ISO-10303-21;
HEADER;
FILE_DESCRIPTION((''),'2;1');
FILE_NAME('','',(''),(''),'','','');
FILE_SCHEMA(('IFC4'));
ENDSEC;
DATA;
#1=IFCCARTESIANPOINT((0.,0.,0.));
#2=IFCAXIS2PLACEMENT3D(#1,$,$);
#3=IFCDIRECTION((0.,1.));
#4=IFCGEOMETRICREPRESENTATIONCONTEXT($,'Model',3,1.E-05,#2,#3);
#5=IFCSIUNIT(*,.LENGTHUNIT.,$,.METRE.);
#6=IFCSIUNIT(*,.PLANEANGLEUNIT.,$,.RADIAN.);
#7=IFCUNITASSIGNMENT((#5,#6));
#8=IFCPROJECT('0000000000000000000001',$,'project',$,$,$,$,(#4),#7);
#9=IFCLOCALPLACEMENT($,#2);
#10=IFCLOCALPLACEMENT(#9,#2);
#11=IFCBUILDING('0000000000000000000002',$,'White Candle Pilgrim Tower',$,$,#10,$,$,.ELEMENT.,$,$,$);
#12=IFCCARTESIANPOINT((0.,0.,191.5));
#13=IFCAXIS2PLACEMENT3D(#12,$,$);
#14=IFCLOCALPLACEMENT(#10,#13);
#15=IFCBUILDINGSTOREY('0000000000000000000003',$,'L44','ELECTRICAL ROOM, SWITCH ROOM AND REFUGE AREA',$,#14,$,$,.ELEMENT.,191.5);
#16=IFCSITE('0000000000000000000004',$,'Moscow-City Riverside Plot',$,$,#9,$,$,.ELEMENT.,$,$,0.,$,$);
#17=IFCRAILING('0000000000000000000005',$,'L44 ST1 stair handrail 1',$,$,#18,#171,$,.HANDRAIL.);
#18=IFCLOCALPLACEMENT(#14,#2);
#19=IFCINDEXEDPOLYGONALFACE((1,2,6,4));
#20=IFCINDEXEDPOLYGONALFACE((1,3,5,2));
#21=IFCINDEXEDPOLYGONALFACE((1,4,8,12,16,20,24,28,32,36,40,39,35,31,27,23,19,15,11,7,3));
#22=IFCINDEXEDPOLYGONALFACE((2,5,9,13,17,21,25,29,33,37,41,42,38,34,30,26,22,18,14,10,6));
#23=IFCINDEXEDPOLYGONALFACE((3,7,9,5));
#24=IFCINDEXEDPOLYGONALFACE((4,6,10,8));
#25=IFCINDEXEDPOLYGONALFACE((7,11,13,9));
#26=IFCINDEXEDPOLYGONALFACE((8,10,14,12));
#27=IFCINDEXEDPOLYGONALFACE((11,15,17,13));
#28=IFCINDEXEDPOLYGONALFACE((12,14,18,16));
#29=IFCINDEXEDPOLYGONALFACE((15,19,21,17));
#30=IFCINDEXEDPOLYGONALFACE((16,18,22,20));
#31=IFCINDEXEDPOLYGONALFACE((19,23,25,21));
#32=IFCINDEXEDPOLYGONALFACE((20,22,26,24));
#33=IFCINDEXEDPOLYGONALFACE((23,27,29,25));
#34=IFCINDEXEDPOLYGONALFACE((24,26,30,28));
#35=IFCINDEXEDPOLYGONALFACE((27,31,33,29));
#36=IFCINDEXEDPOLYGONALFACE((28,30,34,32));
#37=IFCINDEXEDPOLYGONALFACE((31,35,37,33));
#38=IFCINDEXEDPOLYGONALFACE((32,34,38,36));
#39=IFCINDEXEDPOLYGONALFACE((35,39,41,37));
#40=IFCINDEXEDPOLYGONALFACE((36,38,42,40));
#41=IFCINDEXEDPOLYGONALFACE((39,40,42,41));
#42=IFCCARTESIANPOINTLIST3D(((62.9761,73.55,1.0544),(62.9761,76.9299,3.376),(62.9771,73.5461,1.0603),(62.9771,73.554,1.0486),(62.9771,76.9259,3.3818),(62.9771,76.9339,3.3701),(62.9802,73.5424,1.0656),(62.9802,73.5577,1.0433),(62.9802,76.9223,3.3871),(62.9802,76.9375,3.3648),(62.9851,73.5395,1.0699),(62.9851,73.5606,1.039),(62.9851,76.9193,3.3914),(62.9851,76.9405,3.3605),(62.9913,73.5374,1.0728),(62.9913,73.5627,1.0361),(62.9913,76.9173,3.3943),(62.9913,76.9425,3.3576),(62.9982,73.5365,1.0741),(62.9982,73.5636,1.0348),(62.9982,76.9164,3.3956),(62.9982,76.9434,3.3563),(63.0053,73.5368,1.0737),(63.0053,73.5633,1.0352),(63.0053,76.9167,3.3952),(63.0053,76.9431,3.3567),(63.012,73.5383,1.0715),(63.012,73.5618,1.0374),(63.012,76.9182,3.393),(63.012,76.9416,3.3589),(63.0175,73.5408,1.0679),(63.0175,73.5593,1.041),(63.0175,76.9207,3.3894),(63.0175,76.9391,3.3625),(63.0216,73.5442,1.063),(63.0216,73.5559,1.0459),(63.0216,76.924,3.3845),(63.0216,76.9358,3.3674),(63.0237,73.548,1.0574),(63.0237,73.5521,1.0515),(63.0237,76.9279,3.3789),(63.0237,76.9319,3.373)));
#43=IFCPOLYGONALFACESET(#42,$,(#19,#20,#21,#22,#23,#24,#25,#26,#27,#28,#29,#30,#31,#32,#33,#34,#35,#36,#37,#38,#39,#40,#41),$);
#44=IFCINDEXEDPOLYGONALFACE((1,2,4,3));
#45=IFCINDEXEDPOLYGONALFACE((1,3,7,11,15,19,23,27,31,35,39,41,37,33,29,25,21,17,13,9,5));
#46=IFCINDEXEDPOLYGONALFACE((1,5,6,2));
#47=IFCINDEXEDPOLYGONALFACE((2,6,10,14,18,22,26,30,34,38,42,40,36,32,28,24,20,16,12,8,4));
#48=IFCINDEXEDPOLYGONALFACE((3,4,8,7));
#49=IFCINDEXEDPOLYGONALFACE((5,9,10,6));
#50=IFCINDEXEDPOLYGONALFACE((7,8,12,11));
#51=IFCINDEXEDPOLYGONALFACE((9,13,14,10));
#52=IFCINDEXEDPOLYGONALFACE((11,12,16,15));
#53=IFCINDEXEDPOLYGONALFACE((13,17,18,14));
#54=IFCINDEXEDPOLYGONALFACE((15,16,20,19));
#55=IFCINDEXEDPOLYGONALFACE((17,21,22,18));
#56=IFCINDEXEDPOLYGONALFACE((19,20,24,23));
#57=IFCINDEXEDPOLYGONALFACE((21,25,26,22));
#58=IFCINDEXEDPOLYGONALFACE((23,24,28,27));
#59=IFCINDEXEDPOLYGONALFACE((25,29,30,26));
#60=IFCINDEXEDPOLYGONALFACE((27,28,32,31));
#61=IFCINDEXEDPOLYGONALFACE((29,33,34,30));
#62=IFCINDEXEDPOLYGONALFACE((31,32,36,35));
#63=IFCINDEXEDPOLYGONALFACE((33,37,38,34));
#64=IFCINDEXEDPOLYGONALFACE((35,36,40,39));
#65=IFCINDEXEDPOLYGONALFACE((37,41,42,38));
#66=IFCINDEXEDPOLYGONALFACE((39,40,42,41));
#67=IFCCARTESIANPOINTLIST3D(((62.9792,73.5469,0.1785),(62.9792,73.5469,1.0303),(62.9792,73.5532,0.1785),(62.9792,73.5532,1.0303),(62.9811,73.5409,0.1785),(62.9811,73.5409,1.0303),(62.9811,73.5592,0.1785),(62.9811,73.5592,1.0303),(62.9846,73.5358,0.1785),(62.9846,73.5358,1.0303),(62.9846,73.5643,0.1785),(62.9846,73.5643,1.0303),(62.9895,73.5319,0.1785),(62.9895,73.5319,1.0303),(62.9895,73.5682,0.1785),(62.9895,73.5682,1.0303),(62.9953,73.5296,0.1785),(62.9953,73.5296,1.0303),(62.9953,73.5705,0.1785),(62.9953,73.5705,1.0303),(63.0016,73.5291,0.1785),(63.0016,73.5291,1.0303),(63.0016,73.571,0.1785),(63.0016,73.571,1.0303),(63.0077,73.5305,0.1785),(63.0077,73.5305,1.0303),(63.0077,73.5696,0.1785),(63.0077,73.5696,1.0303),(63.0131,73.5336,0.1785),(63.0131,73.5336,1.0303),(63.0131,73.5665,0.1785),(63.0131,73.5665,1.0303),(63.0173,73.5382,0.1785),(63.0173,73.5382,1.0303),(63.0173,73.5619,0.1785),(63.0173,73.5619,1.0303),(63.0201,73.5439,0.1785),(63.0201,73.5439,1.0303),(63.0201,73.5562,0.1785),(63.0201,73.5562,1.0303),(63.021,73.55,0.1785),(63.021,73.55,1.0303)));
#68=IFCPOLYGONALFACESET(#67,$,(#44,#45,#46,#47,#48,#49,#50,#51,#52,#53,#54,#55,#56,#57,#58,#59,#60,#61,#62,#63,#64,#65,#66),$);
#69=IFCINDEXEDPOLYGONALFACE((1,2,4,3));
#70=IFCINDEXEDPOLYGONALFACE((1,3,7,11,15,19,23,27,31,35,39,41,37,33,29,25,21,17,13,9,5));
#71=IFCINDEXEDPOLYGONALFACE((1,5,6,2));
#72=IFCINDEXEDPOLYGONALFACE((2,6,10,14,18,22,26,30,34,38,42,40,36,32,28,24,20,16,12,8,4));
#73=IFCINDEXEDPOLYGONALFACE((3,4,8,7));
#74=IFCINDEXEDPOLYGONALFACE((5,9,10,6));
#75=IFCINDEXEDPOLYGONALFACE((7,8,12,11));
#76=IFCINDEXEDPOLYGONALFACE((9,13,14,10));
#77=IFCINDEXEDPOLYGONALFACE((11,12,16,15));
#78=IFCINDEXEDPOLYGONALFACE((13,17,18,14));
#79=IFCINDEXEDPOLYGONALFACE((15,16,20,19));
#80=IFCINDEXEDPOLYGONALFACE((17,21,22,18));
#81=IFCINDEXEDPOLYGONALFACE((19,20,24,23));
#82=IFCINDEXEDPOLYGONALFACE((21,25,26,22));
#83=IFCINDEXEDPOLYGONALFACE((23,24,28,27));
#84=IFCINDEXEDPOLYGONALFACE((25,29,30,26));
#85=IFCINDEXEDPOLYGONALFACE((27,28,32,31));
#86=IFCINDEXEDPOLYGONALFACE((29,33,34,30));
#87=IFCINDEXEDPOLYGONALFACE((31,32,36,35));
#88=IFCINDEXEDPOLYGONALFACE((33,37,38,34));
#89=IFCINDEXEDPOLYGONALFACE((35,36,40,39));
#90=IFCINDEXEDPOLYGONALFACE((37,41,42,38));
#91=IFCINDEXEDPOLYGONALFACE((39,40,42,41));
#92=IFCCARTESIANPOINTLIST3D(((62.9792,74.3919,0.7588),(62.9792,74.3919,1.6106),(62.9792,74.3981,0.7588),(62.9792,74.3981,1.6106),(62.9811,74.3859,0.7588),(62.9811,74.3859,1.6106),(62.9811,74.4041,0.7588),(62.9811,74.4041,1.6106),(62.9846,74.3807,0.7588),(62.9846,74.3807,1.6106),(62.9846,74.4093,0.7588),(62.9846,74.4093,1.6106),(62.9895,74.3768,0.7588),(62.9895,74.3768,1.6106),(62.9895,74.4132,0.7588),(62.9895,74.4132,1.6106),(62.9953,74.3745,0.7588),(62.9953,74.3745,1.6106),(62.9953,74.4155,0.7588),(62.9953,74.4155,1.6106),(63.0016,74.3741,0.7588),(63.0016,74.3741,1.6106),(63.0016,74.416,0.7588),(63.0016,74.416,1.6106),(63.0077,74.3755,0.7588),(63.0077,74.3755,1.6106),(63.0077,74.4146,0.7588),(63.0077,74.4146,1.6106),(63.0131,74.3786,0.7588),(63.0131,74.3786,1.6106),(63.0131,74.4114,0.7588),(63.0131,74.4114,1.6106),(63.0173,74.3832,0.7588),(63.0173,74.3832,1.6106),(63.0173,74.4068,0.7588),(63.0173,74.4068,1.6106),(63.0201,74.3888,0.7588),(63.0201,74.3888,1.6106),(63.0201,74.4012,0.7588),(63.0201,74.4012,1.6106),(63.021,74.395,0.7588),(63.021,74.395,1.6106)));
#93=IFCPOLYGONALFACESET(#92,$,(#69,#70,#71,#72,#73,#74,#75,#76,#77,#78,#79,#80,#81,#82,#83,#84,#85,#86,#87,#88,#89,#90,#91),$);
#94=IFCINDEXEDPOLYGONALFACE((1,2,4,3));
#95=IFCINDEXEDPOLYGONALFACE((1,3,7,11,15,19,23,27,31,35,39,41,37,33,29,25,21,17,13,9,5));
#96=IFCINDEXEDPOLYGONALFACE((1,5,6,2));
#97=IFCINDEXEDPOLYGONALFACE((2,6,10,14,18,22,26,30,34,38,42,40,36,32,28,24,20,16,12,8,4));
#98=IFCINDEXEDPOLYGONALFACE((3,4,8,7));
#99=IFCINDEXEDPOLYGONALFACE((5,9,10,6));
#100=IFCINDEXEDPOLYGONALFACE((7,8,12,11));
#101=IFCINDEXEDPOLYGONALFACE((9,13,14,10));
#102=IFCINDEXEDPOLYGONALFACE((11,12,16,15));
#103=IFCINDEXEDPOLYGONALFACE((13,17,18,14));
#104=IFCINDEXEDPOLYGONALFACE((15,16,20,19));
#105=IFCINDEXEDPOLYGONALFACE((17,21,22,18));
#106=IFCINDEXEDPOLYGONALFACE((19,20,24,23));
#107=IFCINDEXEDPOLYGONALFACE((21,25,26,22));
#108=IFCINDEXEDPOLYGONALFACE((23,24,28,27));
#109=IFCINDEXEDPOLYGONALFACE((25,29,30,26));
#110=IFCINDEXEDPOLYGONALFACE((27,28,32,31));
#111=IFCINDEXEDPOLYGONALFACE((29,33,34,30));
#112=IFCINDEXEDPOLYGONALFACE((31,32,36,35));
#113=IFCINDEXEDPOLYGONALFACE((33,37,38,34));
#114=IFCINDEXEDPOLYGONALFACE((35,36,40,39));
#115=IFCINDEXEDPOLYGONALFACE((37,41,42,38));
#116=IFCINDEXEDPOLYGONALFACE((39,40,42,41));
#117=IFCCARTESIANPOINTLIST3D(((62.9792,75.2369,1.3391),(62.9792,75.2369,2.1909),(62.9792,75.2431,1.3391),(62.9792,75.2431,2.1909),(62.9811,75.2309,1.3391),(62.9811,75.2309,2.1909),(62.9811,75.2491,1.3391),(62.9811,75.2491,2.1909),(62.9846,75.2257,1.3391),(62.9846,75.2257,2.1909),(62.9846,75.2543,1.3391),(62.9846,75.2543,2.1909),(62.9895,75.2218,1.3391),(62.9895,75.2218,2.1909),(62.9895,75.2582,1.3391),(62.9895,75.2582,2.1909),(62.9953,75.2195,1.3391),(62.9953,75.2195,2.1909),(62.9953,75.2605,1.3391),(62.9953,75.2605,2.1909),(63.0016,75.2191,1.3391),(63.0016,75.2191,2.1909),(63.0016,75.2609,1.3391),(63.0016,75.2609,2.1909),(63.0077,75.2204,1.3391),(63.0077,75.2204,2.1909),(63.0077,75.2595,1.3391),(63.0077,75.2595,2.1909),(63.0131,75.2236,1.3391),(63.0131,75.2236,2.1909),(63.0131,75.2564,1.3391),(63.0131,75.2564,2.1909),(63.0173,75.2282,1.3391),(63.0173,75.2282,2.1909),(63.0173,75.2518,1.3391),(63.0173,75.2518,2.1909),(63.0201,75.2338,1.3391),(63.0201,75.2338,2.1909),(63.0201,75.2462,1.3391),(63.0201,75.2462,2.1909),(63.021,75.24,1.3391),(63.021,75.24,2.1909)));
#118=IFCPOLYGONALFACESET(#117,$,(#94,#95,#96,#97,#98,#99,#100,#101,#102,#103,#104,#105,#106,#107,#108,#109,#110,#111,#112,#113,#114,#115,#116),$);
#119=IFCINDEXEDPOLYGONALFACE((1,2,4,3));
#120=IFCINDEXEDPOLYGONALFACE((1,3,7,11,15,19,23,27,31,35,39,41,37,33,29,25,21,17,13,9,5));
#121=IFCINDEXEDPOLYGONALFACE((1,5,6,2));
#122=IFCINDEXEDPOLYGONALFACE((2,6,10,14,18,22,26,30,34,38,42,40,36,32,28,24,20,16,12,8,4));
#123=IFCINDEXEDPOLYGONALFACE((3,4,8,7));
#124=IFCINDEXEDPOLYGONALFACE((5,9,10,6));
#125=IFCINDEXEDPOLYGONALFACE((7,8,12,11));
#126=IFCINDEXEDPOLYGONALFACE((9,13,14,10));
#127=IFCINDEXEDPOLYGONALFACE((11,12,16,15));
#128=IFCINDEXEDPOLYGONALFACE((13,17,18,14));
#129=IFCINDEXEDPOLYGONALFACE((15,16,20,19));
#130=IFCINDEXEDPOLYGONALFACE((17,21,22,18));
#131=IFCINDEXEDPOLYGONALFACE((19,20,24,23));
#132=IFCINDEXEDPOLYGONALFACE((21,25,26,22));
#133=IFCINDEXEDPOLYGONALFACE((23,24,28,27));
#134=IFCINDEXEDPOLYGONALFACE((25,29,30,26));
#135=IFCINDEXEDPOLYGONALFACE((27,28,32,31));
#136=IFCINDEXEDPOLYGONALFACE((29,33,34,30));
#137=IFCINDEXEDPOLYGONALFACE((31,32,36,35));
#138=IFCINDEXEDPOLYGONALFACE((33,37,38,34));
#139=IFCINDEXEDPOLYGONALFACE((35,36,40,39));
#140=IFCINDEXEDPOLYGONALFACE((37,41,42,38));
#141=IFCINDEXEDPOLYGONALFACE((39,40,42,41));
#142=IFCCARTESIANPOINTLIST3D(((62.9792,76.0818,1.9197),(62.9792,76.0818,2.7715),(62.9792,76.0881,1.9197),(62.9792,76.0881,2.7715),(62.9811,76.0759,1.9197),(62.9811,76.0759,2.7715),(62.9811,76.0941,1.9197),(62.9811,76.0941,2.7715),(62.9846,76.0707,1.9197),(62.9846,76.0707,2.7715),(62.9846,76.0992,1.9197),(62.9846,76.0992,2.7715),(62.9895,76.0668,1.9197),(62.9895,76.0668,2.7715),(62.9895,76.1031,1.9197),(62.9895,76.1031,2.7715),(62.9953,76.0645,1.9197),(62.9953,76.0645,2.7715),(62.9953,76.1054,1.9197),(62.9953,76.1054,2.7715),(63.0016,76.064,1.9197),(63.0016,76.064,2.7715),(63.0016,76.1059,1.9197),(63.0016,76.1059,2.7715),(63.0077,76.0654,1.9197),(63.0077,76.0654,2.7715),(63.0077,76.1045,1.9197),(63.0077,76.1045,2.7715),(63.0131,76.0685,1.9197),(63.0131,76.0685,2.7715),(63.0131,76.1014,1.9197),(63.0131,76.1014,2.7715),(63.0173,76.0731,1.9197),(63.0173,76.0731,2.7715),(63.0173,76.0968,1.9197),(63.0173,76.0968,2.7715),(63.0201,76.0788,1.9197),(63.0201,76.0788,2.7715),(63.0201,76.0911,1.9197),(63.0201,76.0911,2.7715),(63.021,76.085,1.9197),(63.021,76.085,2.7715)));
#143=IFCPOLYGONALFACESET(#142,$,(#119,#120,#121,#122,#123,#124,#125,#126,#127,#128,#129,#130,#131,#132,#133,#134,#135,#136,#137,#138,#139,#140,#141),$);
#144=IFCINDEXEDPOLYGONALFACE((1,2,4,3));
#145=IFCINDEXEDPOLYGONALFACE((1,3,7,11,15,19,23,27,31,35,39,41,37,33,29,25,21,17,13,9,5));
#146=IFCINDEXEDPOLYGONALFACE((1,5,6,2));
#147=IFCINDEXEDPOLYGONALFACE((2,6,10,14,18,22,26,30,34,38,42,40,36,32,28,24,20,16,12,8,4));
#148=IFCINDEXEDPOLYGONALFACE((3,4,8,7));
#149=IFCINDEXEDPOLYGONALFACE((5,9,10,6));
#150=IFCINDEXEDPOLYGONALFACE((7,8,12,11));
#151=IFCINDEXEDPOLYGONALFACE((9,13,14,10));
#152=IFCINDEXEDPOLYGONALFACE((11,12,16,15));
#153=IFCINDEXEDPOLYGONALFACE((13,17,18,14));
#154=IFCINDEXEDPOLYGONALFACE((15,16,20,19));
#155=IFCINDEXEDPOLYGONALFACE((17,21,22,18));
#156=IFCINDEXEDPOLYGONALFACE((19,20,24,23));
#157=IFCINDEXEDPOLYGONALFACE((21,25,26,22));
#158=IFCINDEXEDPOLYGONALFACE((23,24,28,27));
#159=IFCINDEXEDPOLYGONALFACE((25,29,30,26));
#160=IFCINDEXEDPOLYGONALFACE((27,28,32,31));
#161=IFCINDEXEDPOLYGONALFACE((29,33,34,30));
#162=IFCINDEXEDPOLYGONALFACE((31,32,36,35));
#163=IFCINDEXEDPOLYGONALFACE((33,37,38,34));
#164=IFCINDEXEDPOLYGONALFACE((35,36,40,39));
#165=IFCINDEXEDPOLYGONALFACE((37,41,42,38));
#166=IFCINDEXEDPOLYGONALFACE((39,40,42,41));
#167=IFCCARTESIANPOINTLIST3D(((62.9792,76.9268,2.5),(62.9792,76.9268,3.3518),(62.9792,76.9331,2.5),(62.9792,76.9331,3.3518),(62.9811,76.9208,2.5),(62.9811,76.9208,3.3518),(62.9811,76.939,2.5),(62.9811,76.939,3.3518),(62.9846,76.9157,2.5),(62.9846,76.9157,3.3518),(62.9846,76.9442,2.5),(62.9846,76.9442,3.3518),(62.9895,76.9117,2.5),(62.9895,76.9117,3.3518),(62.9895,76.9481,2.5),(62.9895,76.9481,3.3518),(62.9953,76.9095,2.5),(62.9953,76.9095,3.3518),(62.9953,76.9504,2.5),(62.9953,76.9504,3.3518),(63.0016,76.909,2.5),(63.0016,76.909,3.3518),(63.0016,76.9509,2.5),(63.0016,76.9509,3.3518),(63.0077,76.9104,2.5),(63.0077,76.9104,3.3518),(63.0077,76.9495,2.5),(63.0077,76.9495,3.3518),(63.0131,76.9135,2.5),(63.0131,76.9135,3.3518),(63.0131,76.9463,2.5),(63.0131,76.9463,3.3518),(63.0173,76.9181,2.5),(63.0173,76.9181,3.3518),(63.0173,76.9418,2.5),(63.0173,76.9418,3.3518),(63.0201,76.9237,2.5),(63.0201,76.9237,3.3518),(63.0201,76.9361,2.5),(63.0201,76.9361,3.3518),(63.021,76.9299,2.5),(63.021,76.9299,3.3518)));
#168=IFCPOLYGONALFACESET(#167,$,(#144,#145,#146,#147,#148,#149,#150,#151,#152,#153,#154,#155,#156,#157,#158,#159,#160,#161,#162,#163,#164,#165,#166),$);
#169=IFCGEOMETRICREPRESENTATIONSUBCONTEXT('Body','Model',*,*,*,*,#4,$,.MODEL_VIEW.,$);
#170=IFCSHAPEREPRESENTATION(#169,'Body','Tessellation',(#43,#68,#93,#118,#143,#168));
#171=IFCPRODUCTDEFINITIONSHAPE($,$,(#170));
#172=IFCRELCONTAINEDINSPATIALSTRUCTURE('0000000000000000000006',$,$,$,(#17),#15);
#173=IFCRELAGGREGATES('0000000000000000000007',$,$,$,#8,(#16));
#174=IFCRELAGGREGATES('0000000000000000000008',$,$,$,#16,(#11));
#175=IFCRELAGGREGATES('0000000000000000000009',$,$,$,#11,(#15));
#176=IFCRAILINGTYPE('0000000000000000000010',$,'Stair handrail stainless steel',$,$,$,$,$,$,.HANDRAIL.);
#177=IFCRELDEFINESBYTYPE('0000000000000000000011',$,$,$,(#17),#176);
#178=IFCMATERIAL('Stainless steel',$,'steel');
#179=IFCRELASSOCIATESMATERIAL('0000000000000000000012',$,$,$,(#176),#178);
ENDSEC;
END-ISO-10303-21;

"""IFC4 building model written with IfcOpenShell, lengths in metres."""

from ifc_helpers import new_model, si_unit, direction, frame, origin, origin_2d, place, context, subcontext, project, spatial, circle, extrude, material, type_object, element, save


model = new_model("IFC4")

# Units and contexts
model_context = context("Model", 3, precision=1e-05, world=origin(), true_north=direction((0.0, 1.0)))
body_context = subcontext(model_context, "Body", "Model", "MODEL_VIEW")
ifc_project = project(units=[si_unit("LENGTHUNIT", "METRE"), si_unit("PLANEANGLEUNIT", "RADIAN")], contexts=[model_context])

# Site, building, storey
site_placement = place(None, origin())
site = spatial("IfcSite", under=ifc_project, at=site_placement, Name="Moscow-City Riverside Plot", CompositionType="ELEMENT", RefElevation=0.0)
building_placement = place(site_placement, origin())
building = spatial("IfcBuilding", under=site, at=building_placement, Name="White Candle Pilgrim Tower", CompositionType="ELEMENT")
storey_placement = place(building_placement, frame((0.0, 0.0, 191.5)))
storey = spatial("IfcBuildingStorey", under=building, at=storey_placement, Name="L44", Description="ELECTRICAL ROOM, SWITCH ROOM AND REFUGE AREA", CompositionType="ELEMENT", Elevation=191.5)

# Railing
ifc_material_1 = material(Name="Stainless steel", Category="steel")
railing_type_1 = type_object("IfcRailingType", Name="Stair handrail stainless steel", PredefinedType="HANDRAIL", material=ifc_material_1)
railing_1_placement = place(storey_placement, frame((63.0, 73.55, 0.1785)))
element("IfcRailing", 1, at=railing_1_placement, inside=storey, type_object=railing_type_1, Name="L44 ST1 stair handrail 1", PredefinedType="HANDRAIL", context=body_context, shape_type="SweptSolid", body=[
    extrude(circle(Radius=0.0239, at=origin_2d()), frame((0.0, 0.0, 0.876), z_axis=(0.0, 0.824285, 0.566175), x_axis=(-1.0, 0.0, 0.0)), (0.0, 0.0, 1.0), 4.1003),
    extrude(circle(Radius=0.021, at=origin_2d()), origin(), (0.0, 0.0, 1.0), 0.8518),
    extrude(circle(Radius=0.021, at=origin_2d()), frame((0.0, 0.845, 0.5803)), (0.0, 0.0, 1.0), 0.8518),
    extrude(circle(Radius=0.021, at=origin_2d()), frame((0.0, 1.6899, 1.1606)), (0.0, 0.0, 1.0), 0.8518),
    extrude(circle(Radius=0.021, at=origin_2d()), frame((0.0, 2.5349, 1.7412)), (0.0, 0.0, 1.0), 0.8518),
    extrude(circle(Radius=0.021, at=origin_2d()), frame((0.0, 3.3799, 2.3215)), (0.0, 0.0, 1.0), 0.8518),
])

save(model, "model.ifc")
